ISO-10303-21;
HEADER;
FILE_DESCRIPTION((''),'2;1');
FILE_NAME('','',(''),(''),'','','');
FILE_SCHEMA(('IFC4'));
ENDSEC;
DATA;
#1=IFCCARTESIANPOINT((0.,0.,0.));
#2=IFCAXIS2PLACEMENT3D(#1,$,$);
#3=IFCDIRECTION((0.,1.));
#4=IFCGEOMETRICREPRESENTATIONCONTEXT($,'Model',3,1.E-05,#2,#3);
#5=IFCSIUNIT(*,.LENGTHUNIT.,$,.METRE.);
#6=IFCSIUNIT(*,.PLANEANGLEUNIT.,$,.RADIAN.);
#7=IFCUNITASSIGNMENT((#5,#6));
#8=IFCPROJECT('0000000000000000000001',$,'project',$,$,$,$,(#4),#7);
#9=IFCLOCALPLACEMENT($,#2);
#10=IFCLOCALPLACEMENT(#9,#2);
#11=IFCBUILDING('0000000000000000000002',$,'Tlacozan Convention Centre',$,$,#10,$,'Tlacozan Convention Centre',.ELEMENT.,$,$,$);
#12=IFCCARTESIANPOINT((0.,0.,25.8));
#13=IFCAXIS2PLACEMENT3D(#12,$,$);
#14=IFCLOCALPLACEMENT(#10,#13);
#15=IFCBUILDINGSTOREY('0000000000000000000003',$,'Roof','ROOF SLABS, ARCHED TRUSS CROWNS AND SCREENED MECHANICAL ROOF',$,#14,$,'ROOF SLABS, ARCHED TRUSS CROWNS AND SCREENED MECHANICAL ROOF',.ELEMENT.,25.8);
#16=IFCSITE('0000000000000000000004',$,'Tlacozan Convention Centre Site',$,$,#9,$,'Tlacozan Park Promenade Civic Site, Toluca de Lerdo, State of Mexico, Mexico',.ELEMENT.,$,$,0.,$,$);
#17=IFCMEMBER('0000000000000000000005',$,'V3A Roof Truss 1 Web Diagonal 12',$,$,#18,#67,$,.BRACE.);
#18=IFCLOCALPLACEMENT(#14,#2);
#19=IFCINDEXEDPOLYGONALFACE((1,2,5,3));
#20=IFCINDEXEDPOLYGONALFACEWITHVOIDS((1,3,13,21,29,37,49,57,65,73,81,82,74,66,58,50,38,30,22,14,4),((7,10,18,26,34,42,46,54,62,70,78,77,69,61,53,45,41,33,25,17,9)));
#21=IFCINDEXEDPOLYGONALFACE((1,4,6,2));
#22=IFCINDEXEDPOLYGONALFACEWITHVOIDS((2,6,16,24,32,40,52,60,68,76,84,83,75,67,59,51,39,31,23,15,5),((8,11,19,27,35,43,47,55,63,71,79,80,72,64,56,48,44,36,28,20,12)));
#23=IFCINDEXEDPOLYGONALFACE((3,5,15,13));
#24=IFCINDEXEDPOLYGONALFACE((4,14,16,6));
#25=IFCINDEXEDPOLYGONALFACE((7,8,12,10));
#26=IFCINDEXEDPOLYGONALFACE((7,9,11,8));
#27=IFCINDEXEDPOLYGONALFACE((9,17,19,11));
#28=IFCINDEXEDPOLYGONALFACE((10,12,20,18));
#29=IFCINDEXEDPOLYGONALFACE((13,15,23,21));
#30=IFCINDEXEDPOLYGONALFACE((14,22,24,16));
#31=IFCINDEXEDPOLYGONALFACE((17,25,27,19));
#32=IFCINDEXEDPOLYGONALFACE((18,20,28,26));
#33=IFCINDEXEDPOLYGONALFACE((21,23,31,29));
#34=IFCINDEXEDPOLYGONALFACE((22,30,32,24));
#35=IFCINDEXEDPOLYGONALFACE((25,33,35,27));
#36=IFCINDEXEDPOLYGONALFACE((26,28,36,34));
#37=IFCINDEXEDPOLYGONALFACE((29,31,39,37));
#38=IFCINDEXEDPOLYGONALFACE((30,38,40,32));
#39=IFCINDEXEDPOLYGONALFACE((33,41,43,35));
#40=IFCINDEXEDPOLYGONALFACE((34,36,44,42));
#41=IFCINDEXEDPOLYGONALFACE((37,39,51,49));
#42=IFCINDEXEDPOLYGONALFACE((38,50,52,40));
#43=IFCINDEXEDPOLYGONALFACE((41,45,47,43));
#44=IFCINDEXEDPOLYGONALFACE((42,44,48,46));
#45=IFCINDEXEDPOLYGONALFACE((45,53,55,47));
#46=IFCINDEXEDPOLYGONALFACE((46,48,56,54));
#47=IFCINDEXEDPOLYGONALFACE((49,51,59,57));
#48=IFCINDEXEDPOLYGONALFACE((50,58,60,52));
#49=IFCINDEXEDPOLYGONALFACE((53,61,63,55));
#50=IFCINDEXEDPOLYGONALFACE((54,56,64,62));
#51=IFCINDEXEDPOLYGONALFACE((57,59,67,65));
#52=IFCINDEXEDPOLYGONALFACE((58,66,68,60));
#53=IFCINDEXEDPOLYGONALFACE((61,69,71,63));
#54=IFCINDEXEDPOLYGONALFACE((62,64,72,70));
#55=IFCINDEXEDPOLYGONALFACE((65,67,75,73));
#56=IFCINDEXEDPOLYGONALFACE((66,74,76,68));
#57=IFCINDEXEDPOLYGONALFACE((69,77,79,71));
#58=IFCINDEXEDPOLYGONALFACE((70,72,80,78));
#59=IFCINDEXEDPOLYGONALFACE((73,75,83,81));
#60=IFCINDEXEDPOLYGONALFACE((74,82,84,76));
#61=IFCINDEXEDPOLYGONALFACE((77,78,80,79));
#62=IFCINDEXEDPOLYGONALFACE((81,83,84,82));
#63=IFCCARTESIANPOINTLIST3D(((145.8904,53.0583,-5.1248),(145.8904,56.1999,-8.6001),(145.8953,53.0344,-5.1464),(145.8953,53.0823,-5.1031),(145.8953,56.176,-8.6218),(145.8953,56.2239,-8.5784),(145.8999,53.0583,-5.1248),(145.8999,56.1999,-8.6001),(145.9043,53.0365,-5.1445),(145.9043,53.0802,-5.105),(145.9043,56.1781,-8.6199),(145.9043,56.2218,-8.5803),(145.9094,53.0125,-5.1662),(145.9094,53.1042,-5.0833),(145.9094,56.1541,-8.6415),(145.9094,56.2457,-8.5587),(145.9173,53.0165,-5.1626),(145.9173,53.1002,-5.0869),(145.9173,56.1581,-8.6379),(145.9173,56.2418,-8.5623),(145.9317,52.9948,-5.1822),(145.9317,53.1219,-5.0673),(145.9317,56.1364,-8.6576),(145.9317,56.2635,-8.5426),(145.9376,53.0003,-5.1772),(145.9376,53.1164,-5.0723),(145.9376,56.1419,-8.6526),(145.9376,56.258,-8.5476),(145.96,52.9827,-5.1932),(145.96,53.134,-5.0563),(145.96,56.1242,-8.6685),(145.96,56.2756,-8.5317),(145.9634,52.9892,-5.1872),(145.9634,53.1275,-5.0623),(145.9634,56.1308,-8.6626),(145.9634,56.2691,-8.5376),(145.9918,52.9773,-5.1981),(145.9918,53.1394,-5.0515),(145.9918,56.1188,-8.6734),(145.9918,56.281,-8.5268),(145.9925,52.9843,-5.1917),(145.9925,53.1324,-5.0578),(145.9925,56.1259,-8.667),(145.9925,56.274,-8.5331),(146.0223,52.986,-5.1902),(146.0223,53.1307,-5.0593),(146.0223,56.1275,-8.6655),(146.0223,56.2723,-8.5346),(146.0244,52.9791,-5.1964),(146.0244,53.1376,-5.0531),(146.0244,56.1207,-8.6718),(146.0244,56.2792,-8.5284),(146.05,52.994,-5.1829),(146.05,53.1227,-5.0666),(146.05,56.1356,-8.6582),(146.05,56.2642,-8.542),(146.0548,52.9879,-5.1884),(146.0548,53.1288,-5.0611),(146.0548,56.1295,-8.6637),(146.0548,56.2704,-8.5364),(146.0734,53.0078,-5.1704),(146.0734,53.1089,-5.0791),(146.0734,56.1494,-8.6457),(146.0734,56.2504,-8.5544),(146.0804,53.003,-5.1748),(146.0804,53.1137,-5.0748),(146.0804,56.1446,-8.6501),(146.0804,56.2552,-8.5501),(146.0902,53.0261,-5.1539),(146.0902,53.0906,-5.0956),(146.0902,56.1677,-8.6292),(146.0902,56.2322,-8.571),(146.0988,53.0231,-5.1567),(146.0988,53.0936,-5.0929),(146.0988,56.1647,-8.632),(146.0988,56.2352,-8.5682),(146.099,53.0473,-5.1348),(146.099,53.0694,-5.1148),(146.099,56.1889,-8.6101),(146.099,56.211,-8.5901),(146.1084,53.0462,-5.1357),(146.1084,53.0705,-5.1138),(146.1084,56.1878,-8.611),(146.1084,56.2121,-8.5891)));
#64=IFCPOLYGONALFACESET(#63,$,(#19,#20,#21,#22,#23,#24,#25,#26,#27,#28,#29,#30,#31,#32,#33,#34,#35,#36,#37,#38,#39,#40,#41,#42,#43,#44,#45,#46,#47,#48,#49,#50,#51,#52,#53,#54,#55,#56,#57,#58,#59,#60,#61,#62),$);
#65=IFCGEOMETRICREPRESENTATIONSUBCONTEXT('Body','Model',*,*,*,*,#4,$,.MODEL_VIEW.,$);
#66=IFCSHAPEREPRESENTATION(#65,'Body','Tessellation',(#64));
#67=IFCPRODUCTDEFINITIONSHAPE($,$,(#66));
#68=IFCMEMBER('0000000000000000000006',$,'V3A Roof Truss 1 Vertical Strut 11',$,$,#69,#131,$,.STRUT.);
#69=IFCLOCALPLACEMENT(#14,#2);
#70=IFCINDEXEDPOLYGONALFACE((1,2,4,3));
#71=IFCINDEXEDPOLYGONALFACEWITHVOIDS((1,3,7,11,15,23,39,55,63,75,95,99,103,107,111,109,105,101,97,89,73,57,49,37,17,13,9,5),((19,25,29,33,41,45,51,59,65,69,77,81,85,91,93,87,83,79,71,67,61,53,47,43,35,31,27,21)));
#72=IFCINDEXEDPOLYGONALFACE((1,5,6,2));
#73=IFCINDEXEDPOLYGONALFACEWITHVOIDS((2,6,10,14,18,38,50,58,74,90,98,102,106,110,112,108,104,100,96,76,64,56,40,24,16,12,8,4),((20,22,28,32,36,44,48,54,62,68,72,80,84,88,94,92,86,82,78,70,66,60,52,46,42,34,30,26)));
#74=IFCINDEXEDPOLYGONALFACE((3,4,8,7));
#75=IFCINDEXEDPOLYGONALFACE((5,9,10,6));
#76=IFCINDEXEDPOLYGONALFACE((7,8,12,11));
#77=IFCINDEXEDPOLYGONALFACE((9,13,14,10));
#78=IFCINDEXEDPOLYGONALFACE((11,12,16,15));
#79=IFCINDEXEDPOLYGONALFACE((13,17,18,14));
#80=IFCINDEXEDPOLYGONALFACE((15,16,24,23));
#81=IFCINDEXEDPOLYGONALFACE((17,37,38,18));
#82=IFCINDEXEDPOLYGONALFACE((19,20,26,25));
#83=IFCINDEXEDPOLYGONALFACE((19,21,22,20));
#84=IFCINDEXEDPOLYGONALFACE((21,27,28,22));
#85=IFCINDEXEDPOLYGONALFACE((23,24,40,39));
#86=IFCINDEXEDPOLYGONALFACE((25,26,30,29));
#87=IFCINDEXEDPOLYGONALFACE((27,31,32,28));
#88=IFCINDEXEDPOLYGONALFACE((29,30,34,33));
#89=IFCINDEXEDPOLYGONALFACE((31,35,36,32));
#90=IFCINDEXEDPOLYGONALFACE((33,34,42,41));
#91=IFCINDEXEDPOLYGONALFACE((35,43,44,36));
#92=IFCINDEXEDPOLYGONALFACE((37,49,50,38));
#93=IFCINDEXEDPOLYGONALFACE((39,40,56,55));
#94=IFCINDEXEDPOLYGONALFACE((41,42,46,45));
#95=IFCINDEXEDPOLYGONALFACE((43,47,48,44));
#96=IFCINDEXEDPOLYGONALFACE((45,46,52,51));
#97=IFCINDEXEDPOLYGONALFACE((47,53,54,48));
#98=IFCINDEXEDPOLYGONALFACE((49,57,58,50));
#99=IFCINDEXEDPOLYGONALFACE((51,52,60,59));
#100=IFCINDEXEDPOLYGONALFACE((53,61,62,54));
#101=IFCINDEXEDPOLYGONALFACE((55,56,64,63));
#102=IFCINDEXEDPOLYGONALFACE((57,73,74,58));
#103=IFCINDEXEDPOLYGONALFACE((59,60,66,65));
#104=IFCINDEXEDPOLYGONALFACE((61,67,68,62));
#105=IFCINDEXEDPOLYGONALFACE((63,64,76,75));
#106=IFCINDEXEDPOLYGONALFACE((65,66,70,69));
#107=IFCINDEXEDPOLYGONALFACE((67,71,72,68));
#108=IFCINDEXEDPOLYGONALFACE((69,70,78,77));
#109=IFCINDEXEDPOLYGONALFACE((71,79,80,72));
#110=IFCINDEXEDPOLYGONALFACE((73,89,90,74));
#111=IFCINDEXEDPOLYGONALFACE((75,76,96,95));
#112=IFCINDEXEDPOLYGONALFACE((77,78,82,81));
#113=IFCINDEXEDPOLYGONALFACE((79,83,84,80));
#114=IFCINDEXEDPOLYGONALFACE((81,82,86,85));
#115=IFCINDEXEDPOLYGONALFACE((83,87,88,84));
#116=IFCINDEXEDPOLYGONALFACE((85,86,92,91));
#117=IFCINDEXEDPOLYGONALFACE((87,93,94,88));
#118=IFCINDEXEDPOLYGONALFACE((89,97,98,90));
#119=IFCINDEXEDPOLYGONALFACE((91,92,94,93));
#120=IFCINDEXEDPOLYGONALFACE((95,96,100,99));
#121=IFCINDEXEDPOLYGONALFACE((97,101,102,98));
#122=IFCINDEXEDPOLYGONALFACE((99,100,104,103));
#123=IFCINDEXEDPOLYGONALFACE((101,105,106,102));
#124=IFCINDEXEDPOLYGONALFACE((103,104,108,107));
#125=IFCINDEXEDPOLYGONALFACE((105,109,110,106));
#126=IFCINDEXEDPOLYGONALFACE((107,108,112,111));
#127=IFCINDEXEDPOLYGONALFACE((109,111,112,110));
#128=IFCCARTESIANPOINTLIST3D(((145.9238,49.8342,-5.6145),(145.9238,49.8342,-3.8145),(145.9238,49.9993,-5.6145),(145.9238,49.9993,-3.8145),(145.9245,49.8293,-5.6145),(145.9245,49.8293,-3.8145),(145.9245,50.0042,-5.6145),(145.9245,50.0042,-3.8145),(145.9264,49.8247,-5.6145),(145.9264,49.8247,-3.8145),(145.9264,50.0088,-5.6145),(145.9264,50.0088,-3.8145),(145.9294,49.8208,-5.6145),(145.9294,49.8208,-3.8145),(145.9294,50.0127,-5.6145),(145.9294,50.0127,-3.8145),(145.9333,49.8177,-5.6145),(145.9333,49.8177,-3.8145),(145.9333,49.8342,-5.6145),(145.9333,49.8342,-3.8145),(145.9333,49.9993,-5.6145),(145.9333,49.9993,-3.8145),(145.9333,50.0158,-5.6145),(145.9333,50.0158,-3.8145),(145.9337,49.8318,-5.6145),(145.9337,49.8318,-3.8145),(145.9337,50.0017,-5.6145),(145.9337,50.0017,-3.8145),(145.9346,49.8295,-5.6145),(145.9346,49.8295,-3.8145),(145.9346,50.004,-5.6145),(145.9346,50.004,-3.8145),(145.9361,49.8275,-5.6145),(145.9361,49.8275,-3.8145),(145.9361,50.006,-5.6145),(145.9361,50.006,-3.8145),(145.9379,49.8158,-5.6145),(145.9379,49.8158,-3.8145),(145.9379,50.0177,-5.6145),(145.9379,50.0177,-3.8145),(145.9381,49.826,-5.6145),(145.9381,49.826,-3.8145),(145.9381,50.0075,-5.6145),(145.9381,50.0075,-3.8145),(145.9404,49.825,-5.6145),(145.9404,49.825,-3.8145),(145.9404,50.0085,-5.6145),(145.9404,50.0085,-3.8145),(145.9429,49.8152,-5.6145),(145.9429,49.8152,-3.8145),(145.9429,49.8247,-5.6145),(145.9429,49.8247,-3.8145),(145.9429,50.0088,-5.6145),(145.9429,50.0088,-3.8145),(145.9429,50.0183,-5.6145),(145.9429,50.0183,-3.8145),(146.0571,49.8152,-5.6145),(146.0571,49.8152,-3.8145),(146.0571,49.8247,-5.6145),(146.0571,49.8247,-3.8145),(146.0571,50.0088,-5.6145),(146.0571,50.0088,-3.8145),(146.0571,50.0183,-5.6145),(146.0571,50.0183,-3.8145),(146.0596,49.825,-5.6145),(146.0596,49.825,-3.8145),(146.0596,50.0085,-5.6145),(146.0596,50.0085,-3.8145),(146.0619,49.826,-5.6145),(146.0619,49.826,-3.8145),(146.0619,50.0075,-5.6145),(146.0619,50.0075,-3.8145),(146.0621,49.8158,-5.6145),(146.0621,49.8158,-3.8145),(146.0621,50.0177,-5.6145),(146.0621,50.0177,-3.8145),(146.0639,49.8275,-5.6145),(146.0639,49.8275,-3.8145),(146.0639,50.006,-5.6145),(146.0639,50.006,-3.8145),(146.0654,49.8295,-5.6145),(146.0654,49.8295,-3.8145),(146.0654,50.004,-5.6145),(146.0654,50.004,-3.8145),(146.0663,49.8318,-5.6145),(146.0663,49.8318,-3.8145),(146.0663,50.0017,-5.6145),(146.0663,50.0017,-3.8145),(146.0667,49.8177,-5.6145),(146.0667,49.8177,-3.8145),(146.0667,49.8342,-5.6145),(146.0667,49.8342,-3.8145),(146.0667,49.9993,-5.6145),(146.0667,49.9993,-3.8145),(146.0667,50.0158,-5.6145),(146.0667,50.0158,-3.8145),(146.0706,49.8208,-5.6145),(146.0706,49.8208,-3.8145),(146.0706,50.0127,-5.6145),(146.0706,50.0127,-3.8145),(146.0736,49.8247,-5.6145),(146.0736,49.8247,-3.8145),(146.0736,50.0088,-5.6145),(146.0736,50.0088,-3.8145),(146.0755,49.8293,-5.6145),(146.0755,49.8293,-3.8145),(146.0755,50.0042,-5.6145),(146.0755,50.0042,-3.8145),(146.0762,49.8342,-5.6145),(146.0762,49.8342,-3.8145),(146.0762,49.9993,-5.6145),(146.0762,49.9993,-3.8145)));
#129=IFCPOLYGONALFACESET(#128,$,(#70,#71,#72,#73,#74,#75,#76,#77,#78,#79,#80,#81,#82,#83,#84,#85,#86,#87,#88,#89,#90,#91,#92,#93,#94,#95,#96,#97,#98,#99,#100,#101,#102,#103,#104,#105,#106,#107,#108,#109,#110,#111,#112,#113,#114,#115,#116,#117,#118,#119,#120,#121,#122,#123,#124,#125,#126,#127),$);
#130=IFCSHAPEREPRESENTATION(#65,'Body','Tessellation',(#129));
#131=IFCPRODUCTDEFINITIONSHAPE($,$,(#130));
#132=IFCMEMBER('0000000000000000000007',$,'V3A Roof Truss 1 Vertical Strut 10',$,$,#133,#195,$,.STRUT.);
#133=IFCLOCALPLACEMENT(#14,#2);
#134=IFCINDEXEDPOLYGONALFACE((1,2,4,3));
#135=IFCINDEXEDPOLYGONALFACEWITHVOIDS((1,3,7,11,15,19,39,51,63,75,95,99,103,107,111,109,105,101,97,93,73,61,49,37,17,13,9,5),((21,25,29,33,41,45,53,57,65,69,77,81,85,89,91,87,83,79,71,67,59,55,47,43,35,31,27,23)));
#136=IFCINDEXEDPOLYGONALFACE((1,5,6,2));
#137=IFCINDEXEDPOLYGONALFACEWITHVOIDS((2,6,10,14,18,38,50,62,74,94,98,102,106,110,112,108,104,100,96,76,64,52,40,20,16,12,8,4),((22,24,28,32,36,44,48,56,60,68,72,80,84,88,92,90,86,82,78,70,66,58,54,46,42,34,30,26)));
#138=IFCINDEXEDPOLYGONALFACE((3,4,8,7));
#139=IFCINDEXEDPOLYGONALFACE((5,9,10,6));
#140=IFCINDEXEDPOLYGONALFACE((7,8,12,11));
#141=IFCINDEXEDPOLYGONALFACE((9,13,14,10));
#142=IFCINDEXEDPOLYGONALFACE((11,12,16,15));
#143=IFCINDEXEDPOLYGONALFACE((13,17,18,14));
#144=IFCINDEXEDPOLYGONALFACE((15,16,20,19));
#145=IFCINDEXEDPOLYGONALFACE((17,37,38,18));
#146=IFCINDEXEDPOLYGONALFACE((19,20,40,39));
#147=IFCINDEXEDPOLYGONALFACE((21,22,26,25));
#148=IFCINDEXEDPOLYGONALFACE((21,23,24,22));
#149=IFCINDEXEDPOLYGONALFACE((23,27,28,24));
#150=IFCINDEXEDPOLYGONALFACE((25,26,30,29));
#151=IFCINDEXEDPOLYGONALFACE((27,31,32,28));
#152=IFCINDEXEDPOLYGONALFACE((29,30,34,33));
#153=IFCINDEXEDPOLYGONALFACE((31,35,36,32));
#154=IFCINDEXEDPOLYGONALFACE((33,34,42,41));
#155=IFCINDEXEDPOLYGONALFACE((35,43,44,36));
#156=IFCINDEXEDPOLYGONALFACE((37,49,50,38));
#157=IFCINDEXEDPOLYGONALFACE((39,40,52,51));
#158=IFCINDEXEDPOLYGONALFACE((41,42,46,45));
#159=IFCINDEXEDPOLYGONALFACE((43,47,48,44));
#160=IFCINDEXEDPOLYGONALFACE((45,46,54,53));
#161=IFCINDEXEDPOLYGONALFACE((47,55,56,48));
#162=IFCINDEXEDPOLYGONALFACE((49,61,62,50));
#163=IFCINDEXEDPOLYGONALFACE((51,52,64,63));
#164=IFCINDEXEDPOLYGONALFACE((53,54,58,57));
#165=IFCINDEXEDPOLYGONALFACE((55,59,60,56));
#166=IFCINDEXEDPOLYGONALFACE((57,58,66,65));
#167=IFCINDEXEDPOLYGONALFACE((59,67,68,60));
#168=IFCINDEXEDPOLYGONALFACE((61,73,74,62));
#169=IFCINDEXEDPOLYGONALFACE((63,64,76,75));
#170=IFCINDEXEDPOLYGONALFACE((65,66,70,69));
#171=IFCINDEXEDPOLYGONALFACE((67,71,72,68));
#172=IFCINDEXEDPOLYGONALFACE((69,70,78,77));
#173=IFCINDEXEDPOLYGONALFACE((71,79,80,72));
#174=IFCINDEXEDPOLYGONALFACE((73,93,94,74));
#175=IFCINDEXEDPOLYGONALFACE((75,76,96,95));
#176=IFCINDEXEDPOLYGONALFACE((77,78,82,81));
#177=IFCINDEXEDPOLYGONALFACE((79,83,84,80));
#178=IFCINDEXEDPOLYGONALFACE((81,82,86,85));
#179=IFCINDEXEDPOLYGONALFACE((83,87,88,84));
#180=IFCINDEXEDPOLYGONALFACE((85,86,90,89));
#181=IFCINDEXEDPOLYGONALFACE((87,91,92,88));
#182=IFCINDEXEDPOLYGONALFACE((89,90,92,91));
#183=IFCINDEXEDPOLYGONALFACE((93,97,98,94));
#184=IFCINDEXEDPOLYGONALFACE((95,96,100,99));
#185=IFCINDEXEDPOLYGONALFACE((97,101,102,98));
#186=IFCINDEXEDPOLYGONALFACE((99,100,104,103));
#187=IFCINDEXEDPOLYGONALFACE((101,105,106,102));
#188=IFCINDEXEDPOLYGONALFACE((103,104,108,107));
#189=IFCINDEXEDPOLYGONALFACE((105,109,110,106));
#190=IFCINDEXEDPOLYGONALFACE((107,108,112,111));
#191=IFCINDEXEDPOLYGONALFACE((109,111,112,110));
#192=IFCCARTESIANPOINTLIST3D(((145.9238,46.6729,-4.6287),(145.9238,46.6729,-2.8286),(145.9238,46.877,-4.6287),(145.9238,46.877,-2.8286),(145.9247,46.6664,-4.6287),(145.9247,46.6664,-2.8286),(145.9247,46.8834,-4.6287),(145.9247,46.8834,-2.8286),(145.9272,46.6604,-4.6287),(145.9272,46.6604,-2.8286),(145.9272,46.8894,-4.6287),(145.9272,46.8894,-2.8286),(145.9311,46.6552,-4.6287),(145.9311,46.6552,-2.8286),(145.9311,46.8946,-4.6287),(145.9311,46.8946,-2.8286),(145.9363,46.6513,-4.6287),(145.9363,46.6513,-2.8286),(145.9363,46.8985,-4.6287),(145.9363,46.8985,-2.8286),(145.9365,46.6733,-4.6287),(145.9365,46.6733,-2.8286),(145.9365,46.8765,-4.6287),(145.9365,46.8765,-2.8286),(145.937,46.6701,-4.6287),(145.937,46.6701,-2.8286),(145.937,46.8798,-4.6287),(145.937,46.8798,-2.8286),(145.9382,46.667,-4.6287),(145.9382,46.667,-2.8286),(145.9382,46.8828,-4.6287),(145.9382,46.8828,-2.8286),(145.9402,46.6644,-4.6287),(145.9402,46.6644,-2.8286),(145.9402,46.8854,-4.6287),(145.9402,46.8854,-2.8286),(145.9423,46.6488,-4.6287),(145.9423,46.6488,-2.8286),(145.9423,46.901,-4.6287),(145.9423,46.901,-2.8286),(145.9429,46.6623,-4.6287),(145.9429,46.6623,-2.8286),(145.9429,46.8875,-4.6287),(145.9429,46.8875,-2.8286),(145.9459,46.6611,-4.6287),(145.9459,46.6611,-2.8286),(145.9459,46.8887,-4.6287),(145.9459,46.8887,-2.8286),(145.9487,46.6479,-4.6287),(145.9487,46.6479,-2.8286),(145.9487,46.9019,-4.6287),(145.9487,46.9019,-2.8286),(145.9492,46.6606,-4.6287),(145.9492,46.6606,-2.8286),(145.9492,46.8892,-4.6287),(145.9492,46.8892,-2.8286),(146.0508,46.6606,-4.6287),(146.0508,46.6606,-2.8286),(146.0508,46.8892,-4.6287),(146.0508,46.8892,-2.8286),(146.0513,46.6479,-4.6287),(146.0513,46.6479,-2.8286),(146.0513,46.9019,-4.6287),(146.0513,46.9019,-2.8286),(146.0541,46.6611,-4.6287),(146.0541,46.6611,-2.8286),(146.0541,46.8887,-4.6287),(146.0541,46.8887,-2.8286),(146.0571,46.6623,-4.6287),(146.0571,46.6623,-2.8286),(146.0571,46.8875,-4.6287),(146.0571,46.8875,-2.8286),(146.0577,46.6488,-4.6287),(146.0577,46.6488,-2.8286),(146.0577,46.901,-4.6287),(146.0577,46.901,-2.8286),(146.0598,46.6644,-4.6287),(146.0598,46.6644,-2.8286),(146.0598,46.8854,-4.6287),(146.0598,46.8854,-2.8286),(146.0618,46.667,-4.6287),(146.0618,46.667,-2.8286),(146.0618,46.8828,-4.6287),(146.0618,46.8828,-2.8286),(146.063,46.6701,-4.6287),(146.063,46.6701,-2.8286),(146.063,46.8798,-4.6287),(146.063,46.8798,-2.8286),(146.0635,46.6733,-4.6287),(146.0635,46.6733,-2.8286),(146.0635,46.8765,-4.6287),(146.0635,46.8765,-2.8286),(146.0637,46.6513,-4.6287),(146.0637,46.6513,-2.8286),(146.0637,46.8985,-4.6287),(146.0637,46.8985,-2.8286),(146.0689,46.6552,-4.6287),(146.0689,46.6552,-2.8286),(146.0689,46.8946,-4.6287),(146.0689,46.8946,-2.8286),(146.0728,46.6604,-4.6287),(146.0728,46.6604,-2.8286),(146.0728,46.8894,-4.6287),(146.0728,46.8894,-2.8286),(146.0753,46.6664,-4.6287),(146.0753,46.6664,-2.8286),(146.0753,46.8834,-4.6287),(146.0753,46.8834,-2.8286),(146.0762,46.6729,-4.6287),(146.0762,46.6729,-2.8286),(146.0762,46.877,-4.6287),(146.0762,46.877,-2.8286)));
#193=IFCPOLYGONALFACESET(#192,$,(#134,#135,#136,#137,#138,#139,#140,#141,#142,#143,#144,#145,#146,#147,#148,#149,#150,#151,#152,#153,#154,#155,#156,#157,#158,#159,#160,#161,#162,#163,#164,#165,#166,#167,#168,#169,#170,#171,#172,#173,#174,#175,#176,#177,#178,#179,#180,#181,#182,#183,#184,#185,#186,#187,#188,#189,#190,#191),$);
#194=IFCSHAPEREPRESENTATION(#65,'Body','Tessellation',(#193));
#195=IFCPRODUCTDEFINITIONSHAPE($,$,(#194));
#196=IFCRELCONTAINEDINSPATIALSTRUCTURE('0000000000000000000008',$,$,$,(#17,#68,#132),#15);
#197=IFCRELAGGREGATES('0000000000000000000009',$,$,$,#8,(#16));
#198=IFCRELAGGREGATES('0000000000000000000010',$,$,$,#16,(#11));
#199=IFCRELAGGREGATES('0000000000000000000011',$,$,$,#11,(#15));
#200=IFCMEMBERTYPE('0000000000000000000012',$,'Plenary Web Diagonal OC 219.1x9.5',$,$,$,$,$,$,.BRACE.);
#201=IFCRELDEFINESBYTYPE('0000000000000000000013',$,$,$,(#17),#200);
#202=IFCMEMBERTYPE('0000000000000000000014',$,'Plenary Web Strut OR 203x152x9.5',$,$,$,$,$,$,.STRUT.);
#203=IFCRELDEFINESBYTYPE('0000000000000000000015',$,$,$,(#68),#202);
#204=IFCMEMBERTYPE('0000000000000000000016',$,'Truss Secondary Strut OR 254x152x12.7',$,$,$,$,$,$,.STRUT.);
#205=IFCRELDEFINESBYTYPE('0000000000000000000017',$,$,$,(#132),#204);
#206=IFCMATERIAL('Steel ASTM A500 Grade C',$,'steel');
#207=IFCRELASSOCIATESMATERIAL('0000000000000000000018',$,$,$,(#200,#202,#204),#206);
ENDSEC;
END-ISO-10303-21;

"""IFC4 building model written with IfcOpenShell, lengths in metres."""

from ifc_helpers import new_model, si_unit, direction, frame, origin, origin_2d, place, context, subcontext, project, spatial, hollow_rectangle, hollow_circle, extrude, material, material_profile, profile_set, type_object, element, save


model = new_model("IFC4")

# Units and contexts
model_context = context("Model", 3, precision=1e-05, world=origin(), true_north=direction((0.0, 1.0)))
body_context = subcontext(model_context, "Body", "Model", "MODEL_VIEW")
ifc_project = project(units=[si_unit("LENGTHUNIT", "METRE"), si_unit("PLANEANGLEUNIT", "RADIAN")], contexts=[model_context])

# Site, building, storey
site_placement = place(None, origin())
site = spatial("IfcSite", under=ifc_project, at=site_placement, Name="Tlacozan Convention Centre Site", LongName="Tlacozan Park Promenade Civic Site, Toluca de Lerdo, State of Mexico, Mexico", CompositionType="ELEMENT", RefElevation=0.0)
building_placement = place(site_placement, origin())
building = spatial("IfcBuilding", under=site, at=building_placement, Name="Tlacozan Convention Centre", LongName="Tlacozan Convention Centre", CompositionType="ELEMENT")
storey_placement = place(building_placement, frame((0.0, 0.0, 25.8)))
storey = spatial("IfcBuildingStorey", under=building, at=storey_placement, Name="Roof", Description="ROOF SLABS, ARCHED TRUSS CROWNS AND SCREENED MECHANICAL ROOF", LongName="ROOF SLABS, ARCHED TRUSS CROWNS AND SCREENED MECHANICAL ROOF", CompositionType="ELEMENT", Elevation=25.8)

# Members
ifc_material_1 = material(Name="Steel ASTM A500 Grade C", Category="steel")
ifc_material_profile_1 = material_profile(ifc_material_1, hollow_circle(Radius=0.1096, WallThickness=0.0095, at=origin_2d()), Name="OC 219.1x9.5")
ifc_profile_set_1 = profile_set([ifc_material_profile_1], Name="Steel ASTM A500 Grade C")
member_type_1 = type_object("IfcMemberType", Name="Plenary Web Diagonal OC 219.1x9.5", PredefinedType="BRACE", material=ifc_profile_set_1)
member_1_placement = place(storey_placement, frame((146.0, 53.0583, -5.1248), z_axis=(0.0, 0.67059, -0.741828), x_axis=(-1.0, 0.0, 0.0)))
element("IfcMember", 1, at=member_1_placement, inside=storey, type_object=member_type_1, Name="V3A Roof Truss 1 Web Diagonal 12", PredefinedType="BRACE", context=body_context, shape_type="SweptSolid", body=[
    extrude(hollow_circle(Radius=0.1096, WallThickness=0.0095, at=origin_2d()), origin(), (0.0, 0.0, 1.0), 4.6848),
])
ifc_material_profile_2 = material_profile(ifc_material_1, hollow_rectangle(XDim=0.1523, YDim=0.2031, WallThickness=0.0095, InnerFilletRadius=0.0095, OuterFilletRadius=0.019, at=origin_2d()), Name="OR 203x152x9.5")
ifc_profile_set_2 = profile_set([ifc_material_profile_2], Name="Steel ASTM A500 Grade C")
member_type_2 = type_object("IfcMemberType", Name="Plenary Web Strut OR 203x152x9.5", PredefinedType="STRUT", material=ifc_profile_set_2)
member_2_placement = place(storey_placement, frame((146.0, 49.9167, -5.6145), z_axis=(0.0, 0.0, 1.0), x_axis=(1.0, 0.0, 0.0)))
element("IfcMember", 2, at=member_2_placement, inside=storey, type_object=member_type_2, Name="V3A Roof Truss 1 Vertical Strut 11", PredefinedType="STRUT", context=body_context, shape_type="SweptSolid", body=[
    extrude(hollow_rectangle(XDim=0.1523, YDim=0.2031, WallThickness=0.0095, InnerFilletRadius=0.0095, OuterFilletRadius=0.019, at=origin_2d()), origin(), (0.0, 0.0, 1.0), 1.8),
])
ifc_material_profile_3 = material_profile(ifc_material_1, hollow_rectangle(XDim=0.1523, YDim=0.2539, WallThickness=0.0127, InnerFilletRadius=0.0127, OuterFilletRadius=0.0249, at=origin_2d()), Name="OR 254x152x12.7")
ifc_profile_set_3 = profile_set([ifc_material_profile_3], Name="Steel ASTM A500 Grade C")
member_type_3 = type_object("IfcMemberType", Name="Truss Secondary Strut OR 254x152x12.7", PredefinedType="STRUT", material=ifc_profile_set_3)
for number, where, z_axis, x_axis, name in (
    (3, (146.0, 46.7749, -4.6287), (0.0, 0.0, 1.0), (1.0, 0.0, 0.0), "V3A Roof Truss 1 Vertical Strut 10"),
):
    element("IfcMember", number, at=place(storey_placement, frame(where, z_axis=z_axis, x_axis=x_axis)), inside=storey, type_object=member_type_3, Name=name, PredefinedType="STRUT", context=body_context, shape_type="SweptSolid", body=[
        extrude(hollow_rectangle(XDim=0.1523, YDim=0.2539, WallThickness=0.0127, InnerFilletRadius=0.0127, OuterFilletRadius=0.0249, at=origin_2d()), origin(), (0.0, 0.0, 1.0), 1.8),
    ])

save(model, "model.ifc")
